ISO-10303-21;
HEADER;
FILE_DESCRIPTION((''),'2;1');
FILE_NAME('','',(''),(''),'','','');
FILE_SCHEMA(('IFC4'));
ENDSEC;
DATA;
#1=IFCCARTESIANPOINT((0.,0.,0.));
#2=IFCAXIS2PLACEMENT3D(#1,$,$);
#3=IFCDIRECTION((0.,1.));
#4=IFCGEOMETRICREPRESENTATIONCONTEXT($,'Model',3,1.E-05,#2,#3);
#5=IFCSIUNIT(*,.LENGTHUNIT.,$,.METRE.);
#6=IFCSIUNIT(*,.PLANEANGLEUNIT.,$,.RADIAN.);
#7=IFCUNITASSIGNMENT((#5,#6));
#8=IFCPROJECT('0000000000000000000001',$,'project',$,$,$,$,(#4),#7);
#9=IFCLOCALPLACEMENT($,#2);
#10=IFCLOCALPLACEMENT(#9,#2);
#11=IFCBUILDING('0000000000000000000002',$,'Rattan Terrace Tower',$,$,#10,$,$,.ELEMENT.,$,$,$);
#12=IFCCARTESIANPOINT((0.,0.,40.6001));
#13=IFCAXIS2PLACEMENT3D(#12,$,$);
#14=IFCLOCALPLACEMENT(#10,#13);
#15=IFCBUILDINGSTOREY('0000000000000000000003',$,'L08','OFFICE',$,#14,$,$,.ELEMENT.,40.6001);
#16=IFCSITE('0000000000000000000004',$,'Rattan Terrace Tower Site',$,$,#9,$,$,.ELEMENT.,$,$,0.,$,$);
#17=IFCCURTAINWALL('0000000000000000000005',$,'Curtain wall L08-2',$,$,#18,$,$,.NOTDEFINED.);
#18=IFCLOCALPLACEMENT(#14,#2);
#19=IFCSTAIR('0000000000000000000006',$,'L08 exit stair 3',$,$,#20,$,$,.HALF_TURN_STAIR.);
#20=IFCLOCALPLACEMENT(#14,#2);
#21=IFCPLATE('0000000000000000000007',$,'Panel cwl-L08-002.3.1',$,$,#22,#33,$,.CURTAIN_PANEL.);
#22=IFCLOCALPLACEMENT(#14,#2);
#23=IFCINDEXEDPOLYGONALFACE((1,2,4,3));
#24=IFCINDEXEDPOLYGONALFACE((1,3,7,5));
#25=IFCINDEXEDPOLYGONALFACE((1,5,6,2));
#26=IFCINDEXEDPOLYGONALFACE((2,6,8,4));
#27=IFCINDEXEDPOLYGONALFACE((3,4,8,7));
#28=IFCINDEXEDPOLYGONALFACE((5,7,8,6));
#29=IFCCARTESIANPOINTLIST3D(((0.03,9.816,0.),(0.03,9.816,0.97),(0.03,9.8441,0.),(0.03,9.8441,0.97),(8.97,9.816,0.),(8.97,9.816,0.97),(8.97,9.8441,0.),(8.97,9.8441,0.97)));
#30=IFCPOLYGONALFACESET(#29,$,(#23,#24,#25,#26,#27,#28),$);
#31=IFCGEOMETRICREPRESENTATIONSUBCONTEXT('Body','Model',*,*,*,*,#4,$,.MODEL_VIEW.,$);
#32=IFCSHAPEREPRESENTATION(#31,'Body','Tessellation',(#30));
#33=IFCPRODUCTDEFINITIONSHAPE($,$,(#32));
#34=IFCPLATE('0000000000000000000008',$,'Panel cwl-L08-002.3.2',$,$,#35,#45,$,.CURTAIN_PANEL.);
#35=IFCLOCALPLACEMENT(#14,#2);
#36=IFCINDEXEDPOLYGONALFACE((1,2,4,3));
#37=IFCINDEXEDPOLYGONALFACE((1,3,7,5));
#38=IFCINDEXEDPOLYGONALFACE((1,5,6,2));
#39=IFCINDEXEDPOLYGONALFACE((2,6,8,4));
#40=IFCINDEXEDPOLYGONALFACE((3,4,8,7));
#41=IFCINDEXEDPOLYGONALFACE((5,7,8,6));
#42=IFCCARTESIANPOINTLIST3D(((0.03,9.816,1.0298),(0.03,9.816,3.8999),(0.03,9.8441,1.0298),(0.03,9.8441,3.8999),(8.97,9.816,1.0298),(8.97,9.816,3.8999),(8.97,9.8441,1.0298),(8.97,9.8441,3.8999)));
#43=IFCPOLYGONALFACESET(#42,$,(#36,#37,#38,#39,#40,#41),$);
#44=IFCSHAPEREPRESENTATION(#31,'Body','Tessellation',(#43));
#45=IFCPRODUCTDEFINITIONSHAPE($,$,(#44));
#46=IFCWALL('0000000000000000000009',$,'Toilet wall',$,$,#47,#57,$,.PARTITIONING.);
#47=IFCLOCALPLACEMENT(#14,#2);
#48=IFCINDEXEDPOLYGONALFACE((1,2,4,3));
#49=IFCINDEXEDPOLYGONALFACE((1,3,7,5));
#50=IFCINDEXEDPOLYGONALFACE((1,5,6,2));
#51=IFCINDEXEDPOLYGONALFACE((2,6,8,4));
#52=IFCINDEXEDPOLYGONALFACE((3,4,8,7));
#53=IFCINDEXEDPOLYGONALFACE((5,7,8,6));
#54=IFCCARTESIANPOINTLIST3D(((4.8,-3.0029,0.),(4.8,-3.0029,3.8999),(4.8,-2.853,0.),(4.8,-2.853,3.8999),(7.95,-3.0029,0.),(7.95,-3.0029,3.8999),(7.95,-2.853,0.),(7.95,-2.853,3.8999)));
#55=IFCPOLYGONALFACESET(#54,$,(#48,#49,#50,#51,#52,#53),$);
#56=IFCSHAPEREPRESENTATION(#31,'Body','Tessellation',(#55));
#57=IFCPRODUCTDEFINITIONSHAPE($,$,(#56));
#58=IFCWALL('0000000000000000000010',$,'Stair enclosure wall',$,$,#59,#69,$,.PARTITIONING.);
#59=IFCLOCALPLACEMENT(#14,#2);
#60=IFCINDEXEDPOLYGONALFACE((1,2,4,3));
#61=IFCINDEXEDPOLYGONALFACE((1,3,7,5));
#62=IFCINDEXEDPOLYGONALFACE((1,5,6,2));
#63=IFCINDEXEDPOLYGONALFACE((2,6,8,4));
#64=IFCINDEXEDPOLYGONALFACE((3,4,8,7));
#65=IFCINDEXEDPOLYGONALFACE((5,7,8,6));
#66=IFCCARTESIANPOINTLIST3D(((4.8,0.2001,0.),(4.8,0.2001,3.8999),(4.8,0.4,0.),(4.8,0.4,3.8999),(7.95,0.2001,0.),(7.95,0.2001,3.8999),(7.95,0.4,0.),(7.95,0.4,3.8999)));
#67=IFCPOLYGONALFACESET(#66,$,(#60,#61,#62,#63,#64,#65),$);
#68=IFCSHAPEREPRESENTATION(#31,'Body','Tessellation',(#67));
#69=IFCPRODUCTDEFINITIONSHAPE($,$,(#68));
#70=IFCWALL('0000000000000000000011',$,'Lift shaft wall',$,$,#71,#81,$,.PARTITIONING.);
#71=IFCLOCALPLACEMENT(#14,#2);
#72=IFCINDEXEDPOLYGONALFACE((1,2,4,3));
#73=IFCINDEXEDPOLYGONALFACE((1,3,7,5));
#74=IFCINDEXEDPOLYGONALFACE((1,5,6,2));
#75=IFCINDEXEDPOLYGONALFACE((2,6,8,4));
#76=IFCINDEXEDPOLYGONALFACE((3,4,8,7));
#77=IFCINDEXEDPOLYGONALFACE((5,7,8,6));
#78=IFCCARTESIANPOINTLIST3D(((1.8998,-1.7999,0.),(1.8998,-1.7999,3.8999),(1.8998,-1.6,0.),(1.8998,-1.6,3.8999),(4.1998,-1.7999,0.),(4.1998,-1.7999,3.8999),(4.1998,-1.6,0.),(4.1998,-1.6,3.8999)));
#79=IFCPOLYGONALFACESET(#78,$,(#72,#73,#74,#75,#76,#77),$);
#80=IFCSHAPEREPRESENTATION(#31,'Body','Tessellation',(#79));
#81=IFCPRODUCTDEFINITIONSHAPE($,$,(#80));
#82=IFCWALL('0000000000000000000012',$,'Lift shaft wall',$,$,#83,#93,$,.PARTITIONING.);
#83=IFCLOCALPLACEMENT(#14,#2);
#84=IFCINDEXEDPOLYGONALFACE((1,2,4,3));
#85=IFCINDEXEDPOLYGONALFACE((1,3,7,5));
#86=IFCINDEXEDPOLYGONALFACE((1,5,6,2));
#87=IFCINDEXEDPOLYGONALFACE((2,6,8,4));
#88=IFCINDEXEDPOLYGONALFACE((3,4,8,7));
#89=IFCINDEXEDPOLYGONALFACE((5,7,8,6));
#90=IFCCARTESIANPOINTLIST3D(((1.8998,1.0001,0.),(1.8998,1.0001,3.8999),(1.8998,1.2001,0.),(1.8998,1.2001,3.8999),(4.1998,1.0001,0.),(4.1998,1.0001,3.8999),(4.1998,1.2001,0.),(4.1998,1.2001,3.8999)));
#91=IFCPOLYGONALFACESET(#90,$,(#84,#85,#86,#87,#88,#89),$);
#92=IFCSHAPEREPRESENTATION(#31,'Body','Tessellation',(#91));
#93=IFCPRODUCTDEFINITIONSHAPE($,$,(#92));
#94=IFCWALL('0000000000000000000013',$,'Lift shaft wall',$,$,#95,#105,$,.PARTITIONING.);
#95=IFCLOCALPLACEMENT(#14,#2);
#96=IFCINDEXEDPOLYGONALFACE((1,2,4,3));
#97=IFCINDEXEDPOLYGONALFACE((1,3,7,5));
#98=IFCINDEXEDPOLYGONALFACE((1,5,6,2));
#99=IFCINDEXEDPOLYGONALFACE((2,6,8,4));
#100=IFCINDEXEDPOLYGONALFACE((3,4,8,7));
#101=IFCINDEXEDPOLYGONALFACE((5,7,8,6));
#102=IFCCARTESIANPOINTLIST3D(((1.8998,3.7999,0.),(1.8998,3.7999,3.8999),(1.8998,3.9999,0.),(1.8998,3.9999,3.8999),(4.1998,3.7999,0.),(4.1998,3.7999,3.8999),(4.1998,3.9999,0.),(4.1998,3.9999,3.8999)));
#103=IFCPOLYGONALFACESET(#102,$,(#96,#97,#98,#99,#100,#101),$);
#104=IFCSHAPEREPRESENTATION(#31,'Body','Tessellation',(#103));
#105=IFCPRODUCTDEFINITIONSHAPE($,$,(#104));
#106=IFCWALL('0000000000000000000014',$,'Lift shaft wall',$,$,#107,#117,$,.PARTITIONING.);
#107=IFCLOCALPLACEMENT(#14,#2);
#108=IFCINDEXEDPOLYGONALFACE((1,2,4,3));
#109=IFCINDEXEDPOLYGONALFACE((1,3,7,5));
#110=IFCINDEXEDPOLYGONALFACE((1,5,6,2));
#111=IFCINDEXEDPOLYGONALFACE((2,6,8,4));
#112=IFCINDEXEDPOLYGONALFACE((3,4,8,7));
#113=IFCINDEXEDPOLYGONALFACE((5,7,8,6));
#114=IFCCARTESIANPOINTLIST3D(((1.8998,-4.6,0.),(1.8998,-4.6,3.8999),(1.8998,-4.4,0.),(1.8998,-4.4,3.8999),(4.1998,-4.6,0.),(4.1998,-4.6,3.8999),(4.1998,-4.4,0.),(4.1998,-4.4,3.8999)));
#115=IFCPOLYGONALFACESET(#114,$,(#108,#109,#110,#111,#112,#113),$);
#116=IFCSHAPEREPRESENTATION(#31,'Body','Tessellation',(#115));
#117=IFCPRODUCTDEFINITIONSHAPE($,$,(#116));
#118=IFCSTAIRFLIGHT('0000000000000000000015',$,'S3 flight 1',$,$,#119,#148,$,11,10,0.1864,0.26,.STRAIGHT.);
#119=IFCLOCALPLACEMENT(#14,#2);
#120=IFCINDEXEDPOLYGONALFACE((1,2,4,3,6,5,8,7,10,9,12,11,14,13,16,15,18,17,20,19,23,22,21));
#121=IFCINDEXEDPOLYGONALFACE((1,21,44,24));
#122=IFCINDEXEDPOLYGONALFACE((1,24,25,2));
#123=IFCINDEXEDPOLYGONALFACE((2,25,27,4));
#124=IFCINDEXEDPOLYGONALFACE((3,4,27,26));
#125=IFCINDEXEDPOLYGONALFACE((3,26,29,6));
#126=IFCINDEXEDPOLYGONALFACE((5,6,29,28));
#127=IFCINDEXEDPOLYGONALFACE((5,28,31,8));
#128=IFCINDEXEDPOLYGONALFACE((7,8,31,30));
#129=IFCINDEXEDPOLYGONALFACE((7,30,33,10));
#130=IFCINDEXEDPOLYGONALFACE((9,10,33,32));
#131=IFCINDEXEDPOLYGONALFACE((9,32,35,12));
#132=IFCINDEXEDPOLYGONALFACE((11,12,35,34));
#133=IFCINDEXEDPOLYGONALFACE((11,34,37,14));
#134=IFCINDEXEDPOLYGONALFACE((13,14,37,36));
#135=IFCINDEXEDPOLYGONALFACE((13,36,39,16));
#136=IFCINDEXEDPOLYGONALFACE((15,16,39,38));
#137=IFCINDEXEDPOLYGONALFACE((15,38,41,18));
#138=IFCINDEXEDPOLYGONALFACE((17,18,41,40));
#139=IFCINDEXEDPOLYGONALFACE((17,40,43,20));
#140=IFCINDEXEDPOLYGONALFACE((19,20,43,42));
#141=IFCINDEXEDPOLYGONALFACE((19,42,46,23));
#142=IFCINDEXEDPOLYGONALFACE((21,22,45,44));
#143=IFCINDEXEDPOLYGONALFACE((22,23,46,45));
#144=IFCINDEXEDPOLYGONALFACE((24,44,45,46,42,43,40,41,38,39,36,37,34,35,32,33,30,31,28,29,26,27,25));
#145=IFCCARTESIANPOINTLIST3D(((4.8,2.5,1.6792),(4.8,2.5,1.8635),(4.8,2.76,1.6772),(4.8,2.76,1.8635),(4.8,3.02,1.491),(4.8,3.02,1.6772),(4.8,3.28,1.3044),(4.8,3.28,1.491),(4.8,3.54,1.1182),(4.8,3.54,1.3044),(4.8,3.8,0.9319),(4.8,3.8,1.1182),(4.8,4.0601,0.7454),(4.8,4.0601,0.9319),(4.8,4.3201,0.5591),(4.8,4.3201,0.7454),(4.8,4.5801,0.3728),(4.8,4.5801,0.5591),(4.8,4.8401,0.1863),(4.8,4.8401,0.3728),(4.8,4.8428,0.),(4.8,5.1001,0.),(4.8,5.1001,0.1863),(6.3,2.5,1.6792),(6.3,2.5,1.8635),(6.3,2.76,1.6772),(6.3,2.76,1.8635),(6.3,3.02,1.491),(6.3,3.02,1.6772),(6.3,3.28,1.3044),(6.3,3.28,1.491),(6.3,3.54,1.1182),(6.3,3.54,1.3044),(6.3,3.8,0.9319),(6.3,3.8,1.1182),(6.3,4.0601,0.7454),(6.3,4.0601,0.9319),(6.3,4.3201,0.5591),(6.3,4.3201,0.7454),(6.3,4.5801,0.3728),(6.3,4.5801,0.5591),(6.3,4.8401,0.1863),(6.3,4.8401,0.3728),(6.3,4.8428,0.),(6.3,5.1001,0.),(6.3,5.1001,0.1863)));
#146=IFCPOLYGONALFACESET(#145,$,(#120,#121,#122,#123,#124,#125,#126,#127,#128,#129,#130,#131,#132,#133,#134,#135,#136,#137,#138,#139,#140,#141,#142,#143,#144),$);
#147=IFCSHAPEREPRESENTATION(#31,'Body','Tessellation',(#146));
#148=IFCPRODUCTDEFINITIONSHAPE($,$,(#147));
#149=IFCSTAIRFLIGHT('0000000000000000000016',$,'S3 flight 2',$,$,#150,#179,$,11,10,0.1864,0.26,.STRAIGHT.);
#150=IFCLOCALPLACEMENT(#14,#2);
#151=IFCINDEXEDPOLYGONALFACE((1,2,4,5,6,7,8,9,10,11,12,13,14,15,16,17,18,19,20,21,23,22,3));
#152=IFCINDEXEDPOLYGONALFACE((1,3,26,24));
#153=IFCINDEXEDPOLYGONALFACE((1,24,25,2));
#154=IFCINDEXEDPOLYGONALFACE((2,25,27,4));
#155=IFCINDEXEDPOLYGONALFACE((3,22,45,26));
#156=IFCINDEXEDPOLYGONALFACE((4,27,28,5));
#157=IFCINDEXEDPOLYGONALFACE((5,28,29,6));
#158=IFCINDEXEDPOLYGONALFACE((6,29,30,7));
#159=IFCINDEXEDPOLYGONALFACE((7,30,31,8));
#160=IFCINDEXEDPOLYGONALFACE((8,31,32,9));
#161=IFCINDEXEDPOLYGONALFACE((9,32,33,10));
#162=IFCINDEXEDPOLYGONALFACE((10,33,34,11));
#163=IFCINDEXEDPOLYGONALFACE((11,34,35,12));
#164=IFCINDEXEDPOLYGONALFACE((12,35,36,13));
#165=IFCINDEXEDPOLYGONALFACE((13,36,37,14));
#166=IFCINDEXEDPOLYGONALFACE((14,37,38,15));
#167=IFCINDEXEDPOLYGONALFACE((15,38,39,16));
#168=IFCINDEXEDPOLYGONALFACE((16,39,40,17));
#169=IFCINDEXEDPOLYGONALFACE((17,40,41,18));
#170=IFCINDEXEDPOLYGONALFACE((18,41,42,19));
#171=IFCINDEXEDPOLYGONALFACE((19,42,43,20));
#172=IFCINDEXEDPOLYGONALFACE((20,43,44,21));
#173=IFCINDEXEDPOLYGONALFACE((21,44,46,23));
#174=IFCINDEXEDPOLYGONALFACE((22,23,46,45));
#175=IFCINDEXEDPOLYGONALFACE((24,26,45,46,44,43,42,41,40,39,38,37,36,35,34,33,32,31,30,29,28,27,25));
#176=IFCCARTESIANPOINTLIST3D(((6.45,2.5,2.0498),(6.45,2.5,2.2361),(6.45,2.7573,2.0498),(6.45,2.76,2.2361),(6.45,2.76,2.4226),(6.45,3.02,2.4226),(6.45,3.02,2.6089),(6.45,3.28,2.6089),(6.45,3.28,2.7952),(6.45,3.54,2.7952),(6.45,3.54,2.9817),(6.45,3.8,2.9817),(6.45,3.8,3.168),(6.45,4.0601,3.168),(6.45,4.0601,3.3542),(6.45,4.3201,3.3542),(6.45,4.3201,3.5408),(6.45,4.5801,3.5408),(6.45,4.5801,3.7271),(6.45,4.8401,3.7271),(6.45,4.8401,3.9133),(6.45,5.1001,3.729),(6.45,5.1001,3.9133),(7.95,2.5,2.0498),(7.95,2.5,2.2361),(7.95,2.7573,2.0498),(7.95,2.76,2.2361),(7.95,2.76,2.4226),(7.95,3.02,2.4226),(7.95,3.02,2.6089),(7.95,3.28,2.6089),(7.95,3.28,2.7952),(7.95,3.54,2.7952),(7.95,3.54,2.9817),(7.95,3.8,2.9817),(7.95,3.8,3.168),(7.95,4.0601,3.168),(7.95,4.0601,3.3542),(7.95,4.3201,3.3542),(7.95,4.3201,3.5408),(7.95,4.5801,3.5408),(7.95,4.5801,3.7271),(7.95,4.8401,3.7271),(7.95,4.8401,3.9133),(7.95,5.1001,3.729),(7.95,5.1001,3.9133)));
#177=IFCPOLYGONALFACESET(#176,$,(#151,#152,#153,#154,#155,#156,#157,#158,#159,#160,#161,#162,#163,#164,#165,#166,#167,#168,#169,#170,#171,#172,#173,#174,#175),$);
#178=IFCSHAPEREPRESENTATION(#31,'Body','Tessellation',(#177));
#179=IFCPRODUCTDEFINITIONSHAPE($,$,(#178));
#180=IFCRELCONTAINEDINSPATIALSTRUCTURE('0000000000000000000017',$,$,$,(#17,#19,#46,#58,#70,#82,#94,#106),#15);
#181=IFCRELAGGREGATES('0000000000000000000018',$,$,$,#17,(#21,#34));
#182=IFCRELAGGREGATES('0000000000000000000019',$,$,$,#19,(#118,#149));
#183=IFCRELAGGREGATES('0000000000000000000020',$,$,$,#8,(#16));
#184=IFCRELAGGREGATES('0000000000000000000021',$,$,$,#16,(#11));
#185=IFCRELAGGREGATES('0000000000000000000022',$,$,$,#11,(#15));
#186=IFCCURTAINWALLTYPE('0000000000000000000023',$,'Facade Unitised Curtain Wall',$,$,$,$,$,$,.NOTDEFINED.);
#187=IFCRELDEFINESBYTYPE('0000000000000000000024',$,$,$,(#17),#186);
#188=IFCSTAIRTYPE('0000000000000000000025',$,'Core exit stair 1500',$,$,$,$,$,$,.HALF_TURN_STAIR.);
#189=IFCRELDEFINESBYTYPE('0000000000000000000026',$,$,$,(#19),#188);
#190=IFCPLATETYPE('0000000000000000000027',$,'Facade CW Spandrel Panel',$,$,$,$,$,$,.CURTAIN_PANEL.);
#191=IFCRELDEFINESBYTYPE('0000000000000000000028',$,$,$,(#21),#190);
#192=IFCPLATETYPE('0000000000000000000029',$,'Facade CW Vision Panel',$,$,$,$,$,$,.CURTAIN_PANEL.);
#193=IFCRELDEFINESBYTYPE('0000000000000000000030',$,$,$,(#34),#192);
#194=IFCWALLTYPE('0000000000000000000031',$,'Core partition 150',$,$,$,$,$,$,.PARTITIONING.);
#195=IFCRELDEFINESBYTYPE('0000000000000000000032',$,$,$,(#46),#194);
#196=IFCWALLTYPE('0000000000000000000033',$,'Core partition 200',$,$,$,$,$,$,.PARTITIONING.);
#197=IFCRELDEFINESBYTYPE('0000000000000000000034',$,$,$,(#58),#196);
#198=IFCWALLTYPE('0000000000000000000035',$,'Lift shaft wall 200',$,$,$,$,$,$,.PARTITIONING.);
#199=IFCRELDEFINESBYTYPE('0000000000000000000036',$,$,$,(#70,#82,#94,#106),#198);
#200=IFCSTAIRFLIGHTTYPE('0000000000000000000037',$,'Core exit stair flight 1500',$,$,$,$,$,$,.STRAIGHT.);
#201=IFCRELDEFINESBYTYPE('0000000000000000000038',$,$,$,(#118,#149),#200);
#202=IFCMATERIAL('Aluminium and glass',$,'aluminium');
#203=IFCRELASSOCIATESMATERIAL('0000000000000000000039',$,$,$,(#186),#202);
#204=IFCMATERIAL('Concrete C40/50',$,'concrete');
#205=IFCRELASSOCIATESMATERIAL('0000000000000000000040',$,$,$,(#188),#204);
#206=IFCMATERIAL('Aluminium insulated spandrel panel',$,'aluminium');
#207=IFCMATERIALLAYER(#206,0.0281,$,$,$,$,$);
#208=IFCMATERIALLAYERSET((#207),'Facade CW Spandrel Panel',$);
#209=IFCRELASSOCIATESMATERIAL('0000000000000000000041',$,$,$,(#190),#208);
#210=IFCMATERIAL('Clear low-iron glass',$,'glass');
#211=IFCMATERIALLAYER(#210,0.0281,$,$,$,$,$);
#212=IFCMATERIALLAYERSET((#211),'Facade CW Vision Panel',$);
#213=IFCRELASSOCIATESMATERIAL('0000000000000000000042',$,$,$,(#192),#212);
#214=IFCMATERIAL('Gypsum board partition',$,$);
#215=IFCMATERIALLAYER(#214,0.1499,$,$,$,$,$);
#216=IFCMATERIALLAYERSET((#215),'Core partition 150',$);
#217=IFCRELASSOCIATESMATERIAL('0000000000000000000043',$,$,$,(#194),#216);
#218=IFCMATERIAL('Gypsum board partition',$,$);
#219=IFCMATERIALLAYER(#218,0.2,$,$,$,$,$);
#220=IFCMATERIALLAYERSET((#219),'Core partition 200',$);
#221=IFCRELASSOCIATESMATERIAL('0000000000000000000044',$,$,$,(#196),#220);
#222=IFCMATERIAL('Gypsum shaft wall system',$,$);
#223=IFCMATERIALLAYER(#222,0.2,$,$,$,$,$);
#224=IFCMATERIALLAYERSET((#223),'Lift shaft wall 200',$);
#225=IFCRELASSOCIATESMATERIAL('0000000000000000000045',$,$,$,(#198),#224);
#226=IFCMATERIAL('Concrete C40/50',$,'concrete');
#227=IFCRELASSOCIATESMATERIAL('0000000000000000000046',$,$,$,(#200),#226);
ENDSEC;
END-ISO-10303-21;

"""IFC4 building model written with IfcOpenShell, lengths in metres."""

from ifc_helpers import new_model, si_unit, direction, frame, frame_2d, origin, origin_2d, place, context, subcontext, project, spatial, polyline, rectangle, outline, extrude, material, layer, layer_set, type_object, element, aggregate, save


model = new_model("IFC4")

# Units and contexts
model_context = context("Model", 3, precision=1e-05, world=origin(), true_north=direction((0.0, 1.0)))
body_context = subcontext(model_context, "Body", "Model", "MODEL_VIEW")
ifc_project = project(units=[si_unit("LENGTHUNIT", "METRE"), si_unit("PLANEANGLEUNIT", "RADIAN")], contexts=[model_context])

# Site, building, storey
site_placement = place(None, origin())
site = spatial("IfcSite", under=ifc_project, at=site_placement, Name="Rattan Terrace Tower Site", CompositionType="ELEMENT", RefElevation=0.0)
building_placement = place(site_placement, origin())
building = spatial("IfcBuilding", under=site, at=building_placement, Name="Rattan Terrace Tower", CompositionType="ELEMENT")
storey_placement = place(building_placement, frame((0.0, 0.0, 40.6001)))
storey = spatial("IfcBuildingStorey", under=building, at=storey_placement, Name="L08", Description="OFFICE", CompositionType="ELEMENT", Elevation=40.6001)

# Curtain wall
ifc_material_1 = material(Name="Aluminium and glass", Category="aluminium")
curtain_wall_type = type_object("IfcCurtainWallType", Name="Facade Unitised Curtain Wall", PredefinedType="NOTDEFINED", material=ifc_material_1)
curtain_wall_placement = place(storey_placement, origin())
curtain_wall = element("IfcCurtainWall", 1, at=curtain_wall_placement, inside=storey, type_object=curtain_wall_type, Name="Curtain wall L08-2", PredefinedType="NOTDEFINED")

# Stair
ifc_material_2 = material(Name="Concrete C40/50", Category="concrete")
stair_type = type_object("IfcStairType", Name="Core exit stair 1500", PredefinedType="HALF_TURN_STAIR", material=ifc_material_2)
stair_1_placement = place(storey_placement, origin())
stair_1 = element("IfcStair", 2, at=stair_1_placement, inside=storey, type_object=stair_type, Name="L08 exit stair 3", PredefinedType="HALF_TURN_STAIR")

# Plates
ifc_material_3 = material(Name="Aluminium insulated spandrel panel", Category="aluminium")
ifc_layer_1 = layer(ifc_material_3, 0.0281)
ifc_layer_set_1 = layer_set([ifc_layer_1], Name="Facade CW Spandrel Panel")
plate_type_1 = type_object("IfcPlateType", Name="Facade CW Spandrel Panel", PredefinedType="CURTAIN_PANEL", material=ifc_layer_set_1)
plate_1_placement = place(storey_placement, frame((4.5, 9.8301, 0.0), z_axis=(0.0, 0.0, 1.0), x_axis=(-1.0, 0.0, 0.0)))
plate_1 = element("IfcPlate", 3, at=plate_1_placement, type_object=plate_type_1, Name="Panel cwl-L08-002.3.1", PredefinedType="CURTAIN_PANEL", context=body_context, shape_type="SweptSolid", body=[
    extrude(rectangle(XDim=8.9399, YDim=0.0281, at=origin_2d()), origin(), (0.0, 0.0, 1.0), 0.97),
])
ifc_material_4 = material(Name="Clear low-iron glass", Category="glass")
ifc_layer_2 = layer(ifc_material_4, 0.0281)
ifc_layer_set_2 = layer_set([ifc_layer_2], Name="Facade CW Vision Panel")
plate_type_2 = type_object("IfcPlateType", Name="Facade CW Vision Panel", PredefinedType="CURTAIN_PANEL", material=ifc_layer_set_2)
plate_2_placement = place(storey_placement, frame((4.5, 9.8301, 1.0298), z_axis=(0.0, 0.0, 1.0), x_axis=(-1.0, 0.0, 0.0)))
plate_2 = element("IfcPlate", 4, at=plate_2_placement, type_object=plate_type_2, Name="Panel cwl-L08-002.3.2", PredefinedType="CURTAIN_PANEL", context=body_context, shape_type="SweptSolid", body=[
    extrude(rectangle(XDim=8.9399, YDim=0.0281, at=origin_2d()), origin(), (0.0, 0.0, 1.0), 2.8701),
])
aggregate(curtain_wall, [plate_1, plate_2])

# Walls
ifc_material_5 = material(Name="Gypsum board partition")
ifc_layer_3 = layer(ifc_material_5, 0.1499)
ifc_layer_set_3 = layer_set([ifc_layer_3], Name="Core partition 150")
wall_type_1 = type_object("IfcWallType", Name="Core partition 150", PredefinedType="PARTITIONING", material=ifc_layer_set_3)
wall_1_placement = place(storey_placement, frame((4.8, -2.928, 0.0), z_axis=(0.0, 0.0, 1.0), x_axis=(1.0, 0.0, 0.0)))
element("IfcWall", 5, at=wall_1_placement, inside=storey, type_object=wall_type_1, Name="Toilet wall", PredefinedType="PARTITIONING", context=body_context, shape_type="SweptSolid", body=[
    extrude(rectangle(XDim=3.1499, YDim=0.1499, at=frame_2d((1.575, 0.0))), origin(), (0.0, 0.0, 1.0), 3.8999),
])
ifc_material_6 = material(Name="Gypsum board partition")
ifc_layer_4 = layer(ifc_material_6, 0.2)
ifc_layer_set_4 = layer_set([ifc_layer_4], Name="Core partition 200")
wall_type_2 = type_object("IfcWallType", Name="Core partition 200", PredefinedType="PARTITIONING", material=ifc_layer_set_4)
wall_2_placement = place(storey_placement, frame((4.8, 0.3, 0.0), z_axis=(0.0, 0.0, 1.0), x_axis=(1.0, 0.0, 0.0)))
element("IfcWall", 6, at=wall_2_placement, inside=storey, type_object=wall_type_2, Name="Stair enclosure wall", PredefinedType="PARTITIONING", context=body_context, shape_type="SweptSolid", body=[
    extrude(rectangle(XDim=3.1499, YDim=0.2, at=frame_2d((1.575, 0.0))), origin(), (0.0, 0.0, 1.0), 3.8999),
])
ifc_material_7 = material(Name="Gypsum shaft wall system")
ifc_layer_5 = layer(ifc_material_7, 0.2)
ifc_layer_set_5 = layer_set([ifc_layer_5], Name="Lift shaft wall 200")
wall_type_3 = type_object("IfcWallType", Name="Lift shaft wall 200", PredefinedType="PARTITIONING", material=ifc_layer_set_5)
for number, where, z_axis, x_axis, name in (
    (7, (1.8999, -1.7, 0.0), (0.0, 0.0, 1.0), (1.0, 0.0, 0.0), "Lift shaft wall"),
    (8, (1.8999, 1.1001, 0.0), (0.0, 0.0, 1.0), (1.0, 0.0, 0.0), "Lift shaft wall"),
    (9, (1.8999, 3.8999, 0.0), (0.0, 0.0, 1.0), (1.0, 0.0, 0.0), "Lift shaft wall"),
    (10, (1.8999, -4.5, 0.0), (0.0, 0.0, 1.0), (1.0, 0.0, 0.0), "Lift shaft wall"),
):
    element("IfcWall", number, at=place(storey_placement, frame(where, z_axis=z_axis, x_axis=x_axis)), inside=storey, type_object=wall_type_3, Name=name, PredefinedType="PARTITIONING", context=body_context, shape_type="SweptSolid", body=[
        extrude(rectangle(XDim=2.3, YDim=0.2, at=frame_2d((1.1499, 0.0))), origin(), (0.0, 0.0, 1.0), 3.8999),
    ])

# Stair flights
ifc_material_8 = material(Name="Concrete C40/50", Category="concrete")
stair_flight_type = type_object("IfcStairFlightType", Name="Core exit stair flight 1500", PredefinedType="STRAIGHT", material=ifc_material_8)
stair_flight_1_placement = place(storey_placement, frame((5.55, 5.1001, 0.0), z_axis=(0.0, 0.0, 1.0), x_axis=(0.0, -1.0, 0.0)))
stair_flight_1 = element("IfcStairFlight", 11, at=stair_flight_1_placement, type_object=stair_flight_type, Name="S3 flight 1", NumberOfRisers=11, NumberOfTreads=10, PredefinedType="STRAIGHT", RiserHeight=0.1864, TreadLength=0.26, context=body_context, shape_type="SweptSolid", body=[
    extrude(outline(polyline([(0.0, 0.0), (0.0, 0.1863), (0.26, 0.1863), (0.26, 0.3728), (0.52, 0.3728), (0.52, 0.5591), (0.78, 0.5591), (0.78, 0.7454), (1.04, 0.7454), (1.04, 0.9319), (1.3, 0.9319), (1.3, 1.1182), (1.5601, 1.1182), (1.5601, 1.3044), (1.8201, 1.3044), (1.8201, 1.491), (2.0801, 1.491), (2.0801, 1.6772), (2.3401, 1.6772), (2.3401, 1.8635), (2.6001, 1.8635), (2.6001, 2.05), (2.6001, 1.6792), (0.2573, 0.0), (0.0, 0.0)])), frame((0.0, 0.75, 0.0), z_axis=(0.0, -1.0, 0.0), x_axis=(1.0, 0.0, 0.0)), (0.0, 0.0, 1.0), 1.5),
])
stair_flight_2_placement = place(storey_placement, frame((7.2, 2.5, 2.0498), z_axis=(0.0, 0.0, 1.0), x_axis=(0.0, 1.0, 0.0)))
stair_flight_2 = element("IfcStairFlight", 12, at=stair_flight_2_placement, type_object=stair_flight_type, Name="S3 flight 2", NumberOfRisers=11, NumberOfTreads=10, PredefinedType="STRAIGHT", RiserHeight=0.1864, TreadLength=0.26, context=body_context, shape_type="SweptSolid", body=[
    extrude(outline(polyline([(0.0, 0.0), (0.0, 0.1863), (0.26, 0.1863), (0.26, 0.3728), (0.52, 0.3728), (0.52, 0.5591), (0.78, 0.5591), (0.78, 0.7454), (1.04, 0.7454), (1.04, 0.9319), (1.3, 0.9319), (1.3, 1.1182), (1.5601, 1.1182), (1.5601, 1.3044), (1.8201, 1.3044), (1.8201, 1.491), (2.0801, 1.491), (2.0801, 1.6772), (2.3401, 1.6772), (2.3401, 1.8635), (2.6001, 1.8635), (2.6001, 2.05), (2.6001, 1.6792), (0.2573, 0.0), (0.0, 0.0)])), frame((0.0, 0.75, 0.0), z_axis=(0.0, -1.0, 0.0), x_axis=(1.0, 0.0, 0.0)), (0.0, 0.0, 1.0), 1.5),
])
aggregate(stair_1, [stair_flight_1, stair_flight_2])

save(model, "model.ifc")
